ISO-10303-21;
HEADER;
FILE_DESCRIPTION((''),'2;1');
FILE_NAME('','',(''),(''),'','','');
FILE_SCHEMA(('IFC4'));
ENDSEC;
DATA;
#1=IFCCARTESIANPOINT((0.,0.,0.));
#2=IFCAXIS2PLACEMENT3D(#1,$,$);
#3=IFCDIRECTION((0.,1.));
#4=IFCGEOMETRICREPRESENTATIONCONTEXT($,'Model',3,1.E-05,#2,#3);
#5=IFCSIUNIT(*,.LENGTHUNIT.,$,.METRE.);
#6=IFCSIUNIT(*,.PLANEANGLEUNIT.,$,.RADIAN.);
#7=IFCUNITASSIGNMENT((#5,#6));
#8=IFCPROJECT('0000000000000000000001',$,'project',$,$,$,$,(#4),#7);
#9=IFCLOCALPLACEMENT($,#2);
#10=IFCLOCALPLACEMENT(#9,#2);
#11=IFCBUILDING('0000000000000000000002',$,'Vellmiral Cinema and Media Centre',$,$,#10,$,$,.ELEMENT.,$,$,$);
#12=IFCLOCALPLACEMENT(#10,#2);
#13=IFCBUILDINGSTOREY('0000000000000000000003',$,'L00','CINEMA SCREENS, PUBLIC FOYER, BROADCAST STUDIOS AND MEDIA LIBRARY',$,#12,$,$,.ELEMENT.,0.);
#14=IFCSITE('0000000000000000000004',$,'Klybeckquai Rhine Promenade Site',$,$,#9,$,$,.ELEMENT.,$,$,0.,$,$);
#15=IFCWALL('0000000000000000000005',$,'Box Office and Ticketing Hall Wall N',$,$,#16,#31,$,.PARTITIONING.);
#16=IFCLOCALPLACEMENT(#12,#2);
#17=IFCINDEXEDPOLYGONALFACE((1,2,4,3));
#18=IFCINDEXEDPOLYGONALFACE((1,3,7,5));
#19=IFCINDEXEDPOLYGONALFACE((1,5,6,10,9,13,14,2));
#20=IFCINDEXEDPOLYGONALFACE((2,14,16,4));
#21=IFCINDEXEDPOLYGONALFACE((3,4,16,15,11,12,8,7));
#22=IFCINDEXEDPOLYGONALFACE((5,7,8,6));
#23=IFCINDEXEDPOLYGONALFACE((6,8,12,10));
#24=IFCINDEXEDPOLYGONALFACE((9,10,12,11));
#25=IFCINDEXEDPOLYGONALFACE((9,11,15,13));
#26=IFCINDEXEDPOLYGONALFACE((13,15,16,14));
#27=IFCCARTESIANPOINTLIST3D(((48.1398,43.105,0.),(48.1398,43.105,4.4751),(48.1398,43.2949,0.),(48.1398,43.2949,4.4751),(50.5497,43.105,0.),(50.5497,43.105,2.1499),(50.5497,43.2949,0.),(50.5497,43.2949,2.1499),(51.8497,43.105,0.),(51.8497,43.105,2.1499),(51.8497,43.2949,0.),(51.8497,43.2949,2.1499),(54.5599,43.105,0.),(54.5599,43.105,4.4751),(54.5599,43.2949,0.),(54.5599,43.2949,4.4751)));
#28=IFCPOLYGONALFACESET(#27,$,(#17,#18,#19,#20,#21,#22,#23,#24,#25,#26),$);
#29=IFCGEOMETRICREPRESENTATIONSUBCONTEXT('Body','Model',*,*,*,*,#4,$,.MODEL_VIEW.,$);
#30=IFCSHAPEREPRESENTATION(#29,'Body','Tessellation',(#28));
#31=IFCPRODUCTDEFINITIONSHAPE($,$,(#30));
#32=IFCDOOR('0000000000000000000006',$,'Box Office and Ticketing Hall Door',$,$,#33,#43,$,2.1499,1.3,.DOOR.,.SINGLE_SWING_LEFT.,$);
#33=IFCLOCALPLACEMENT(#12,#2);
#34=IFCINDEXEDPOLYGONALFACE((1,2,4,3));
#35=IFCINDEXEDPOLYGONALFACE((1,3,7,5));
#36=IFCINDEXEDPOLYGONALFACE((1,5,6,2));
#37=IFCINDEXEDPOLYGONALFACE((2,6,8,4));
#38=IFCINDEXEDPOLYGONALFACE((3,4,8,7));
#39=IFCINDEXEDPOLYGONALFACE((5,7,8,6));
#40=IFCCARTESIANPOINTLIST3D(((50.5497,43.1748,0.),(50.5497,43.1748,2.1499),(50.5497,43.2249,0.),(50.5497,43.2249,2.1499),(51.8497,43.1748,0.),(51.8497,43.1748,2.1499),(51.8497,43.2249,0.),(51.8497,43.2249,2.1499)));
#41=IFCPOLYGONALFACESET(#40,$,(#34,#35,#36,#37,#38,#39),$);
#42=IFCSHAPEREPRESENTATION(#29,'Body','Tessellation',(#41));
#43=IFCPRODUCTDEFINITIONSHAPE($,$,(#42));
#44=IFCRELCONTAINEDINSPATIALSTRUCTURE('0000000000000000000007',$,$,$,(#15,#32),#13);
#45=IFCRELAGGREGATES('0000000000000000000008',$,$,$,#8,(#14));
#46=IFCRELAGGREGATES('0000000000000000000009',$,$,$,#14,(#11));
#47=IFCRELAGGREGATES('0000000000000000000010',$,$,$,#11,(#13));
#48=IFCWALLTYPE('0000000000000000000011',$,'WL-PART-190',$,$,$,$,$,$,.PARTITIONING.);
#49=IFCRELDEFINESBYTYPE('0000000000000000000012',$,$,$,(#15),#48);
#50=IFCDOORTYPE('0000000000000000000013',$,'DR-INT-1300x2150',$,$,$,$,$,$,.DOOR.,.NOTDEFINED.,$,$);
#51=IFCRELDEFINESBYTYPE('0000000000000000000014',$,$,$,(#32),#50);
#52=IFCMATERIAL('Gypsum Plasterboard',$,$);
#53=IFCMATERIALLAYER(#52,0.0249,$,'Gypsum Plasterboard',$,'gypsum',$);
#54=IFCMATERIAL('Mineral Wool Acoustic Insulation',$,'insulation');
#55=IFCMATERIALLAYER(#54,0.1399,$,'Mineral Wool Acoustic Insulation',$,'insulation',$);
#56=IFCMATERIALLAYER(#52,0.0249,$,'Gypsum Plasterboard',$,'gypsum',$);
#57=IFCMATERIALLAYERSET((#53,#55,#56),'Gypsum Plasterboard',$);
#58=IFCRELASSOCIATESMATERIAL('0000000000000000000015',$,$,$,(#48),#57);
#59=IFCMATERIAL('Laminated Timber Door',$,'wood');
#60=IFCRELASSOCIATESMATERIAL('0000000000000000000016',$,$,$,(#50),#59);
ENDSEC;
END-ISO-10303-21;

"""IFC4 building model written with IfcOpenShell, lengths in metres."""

from ifc_helpers import new_model, si_unit, direction, frame, frame_2d, origin, place, context, subcontext, project, spatial, rectangle, extrude, material, layer, layer_set, type_object, element, fill, save


model = new_model("IFC4")

# Units and contexts
model_context = context("Model", 3, precision=1e-05, world=origin(), true_north=direction((0.0, 1.0)))
body_context = subcontext(model_context, "Body", "Model", "MODEL_VIEW")
ifc_project = project(units=[si_unit("LENGTHUNIT", "METRE"), si_unit("PLANEANGLEUNIT", "RADIAN")], contexts=[model_context])

# Site, building, storey
site_placement = place(None, origin())
site = spatial("IfcSite", under=ifc_project, at=site_placement, Name="Klybeckquai Rhine Promenade Site", CompositionType="ELEMENT", RefElevation=0.0)
building_placement = place(site_placement, origin())
building = spatial("IfcBuilding", under=site, at=building_placement, Name="Vellmiral Cinema and Media Centre", CompositionType="ELEMENT")
storey_placement = place(building_placement, origin())
storey = spatial("IfcBuildingStorey", under=building, at=storey_placement, Name="L00", Description="CINEMA SCREENS, PUBLIC FOYER, BROADCAST STUDIOS AND MEDIA LIBRARY", CompositionType="ELEMENT", Elevation=0.0)

# Wall, opening, door
ifc_material_1 = material(Name="Gypsum Plasterboard")
ifc_layer_1 = layer(ifc_material_1, 0.0249, Name="Gypsum Plasterboard", Category="gypsum")
ifc_material_2 = material(Name="Mineral Wool Acoustic Insulation", Category="insulation")
ifc_layer_2 = layer(ifc_material_2, 0.1399, Name="Mineral Wool Acoustic Insulation", Category="insulation")
ifc_layer_3 = layer(ifc_material_1, 0.0249, Name="Gypsum Plasterboard", Category="gypsum")
ifc_layer_set_1 = layer_set([ifc_layer_1, ifc_layer_2, ifc_layer_3], Name="Gypsum Plasterboard")
wall_type_1 = type_object("IfcWallType", Name="WL-PART-190", PredefinedType="PARTITIONING", material=ifc_layer_set_1)
wall_1_placement = place(storey_placement, frame((48.1399, 43.2, 0.0), z_axis=(0.0, 0.0, 1.0), x_axis=(1.0, 0.0, 0.0)))
wall_1 = element("IfcWall", 1, at=wall_1_placement, inside=storey, type_object=wall_type_1, Name="Box Office and Ticketing Hall Wall N", PredefinedType="PARTITIONING", context=body_context, shape_type="SweptSolid", body=[
    extrude(rectangle(XDim=6.4202, YDim=0.1899, at=frame_2d((3.21, 0.0))), origin(), (0.0, 0.0, 1.0), 4.4751),
])
opening_1_placement = place(wall_1_placement, frame((2.4099, 0.0, 0.0)))
opening_1 = element("IfcOpeningElement", 2, at=opening_1_placement, cuts=wall_1, PredefinedType="OPENING", context=body_context, shape_type="SweptSolid", body=[
    extrude(rectangle(XDim=1.3, YDim=2.1499, at=frame_2d((0.6499, 1.075))), frame((0.0, 0.1069, 0.0), z_axis=(0.0, -1.0, 0.0), x_axis=(1.0, 0.0, 0.0)), (0.0, 0.0, 1.0), 0.2139),
])
ifc_material_3 = material(Name="Laminated Timber Door", Category="wood")
door_type = type_object("IfcDoorType", Name="DR-INT-1300x2150", OperationType="NOTDEFINED", PredefinedType="DOOR", material=ifc_material_3)
door_placement = place(opening_1_placement, origin())
door = element("IfcDoor", 3, at=door_placement, inside=storey, type_object=door_type, Name="Box Office and Ticketing Hall Door", OperationType="SINGLE_SWING_LEFT", OverallHeight=2.1499, OverallWidth=1.3, PredefinedType="DOOR", context=body_context, shape_type="SweptSolid", body=[
    extrude(rectangle(XDim=1.3, YDim=2.1499, at=frame_2d((0.6499, 1.075))), frame((0.0, 0.0249, 0.0), z_axis=(0.0, -1.0, 0.0), x_axis=(1.0, 0.0, 0.0)), (0.0, 0.0, 1.0), 0.05),
])
fill(opening_1, door)

save(model, "model.ifc")
